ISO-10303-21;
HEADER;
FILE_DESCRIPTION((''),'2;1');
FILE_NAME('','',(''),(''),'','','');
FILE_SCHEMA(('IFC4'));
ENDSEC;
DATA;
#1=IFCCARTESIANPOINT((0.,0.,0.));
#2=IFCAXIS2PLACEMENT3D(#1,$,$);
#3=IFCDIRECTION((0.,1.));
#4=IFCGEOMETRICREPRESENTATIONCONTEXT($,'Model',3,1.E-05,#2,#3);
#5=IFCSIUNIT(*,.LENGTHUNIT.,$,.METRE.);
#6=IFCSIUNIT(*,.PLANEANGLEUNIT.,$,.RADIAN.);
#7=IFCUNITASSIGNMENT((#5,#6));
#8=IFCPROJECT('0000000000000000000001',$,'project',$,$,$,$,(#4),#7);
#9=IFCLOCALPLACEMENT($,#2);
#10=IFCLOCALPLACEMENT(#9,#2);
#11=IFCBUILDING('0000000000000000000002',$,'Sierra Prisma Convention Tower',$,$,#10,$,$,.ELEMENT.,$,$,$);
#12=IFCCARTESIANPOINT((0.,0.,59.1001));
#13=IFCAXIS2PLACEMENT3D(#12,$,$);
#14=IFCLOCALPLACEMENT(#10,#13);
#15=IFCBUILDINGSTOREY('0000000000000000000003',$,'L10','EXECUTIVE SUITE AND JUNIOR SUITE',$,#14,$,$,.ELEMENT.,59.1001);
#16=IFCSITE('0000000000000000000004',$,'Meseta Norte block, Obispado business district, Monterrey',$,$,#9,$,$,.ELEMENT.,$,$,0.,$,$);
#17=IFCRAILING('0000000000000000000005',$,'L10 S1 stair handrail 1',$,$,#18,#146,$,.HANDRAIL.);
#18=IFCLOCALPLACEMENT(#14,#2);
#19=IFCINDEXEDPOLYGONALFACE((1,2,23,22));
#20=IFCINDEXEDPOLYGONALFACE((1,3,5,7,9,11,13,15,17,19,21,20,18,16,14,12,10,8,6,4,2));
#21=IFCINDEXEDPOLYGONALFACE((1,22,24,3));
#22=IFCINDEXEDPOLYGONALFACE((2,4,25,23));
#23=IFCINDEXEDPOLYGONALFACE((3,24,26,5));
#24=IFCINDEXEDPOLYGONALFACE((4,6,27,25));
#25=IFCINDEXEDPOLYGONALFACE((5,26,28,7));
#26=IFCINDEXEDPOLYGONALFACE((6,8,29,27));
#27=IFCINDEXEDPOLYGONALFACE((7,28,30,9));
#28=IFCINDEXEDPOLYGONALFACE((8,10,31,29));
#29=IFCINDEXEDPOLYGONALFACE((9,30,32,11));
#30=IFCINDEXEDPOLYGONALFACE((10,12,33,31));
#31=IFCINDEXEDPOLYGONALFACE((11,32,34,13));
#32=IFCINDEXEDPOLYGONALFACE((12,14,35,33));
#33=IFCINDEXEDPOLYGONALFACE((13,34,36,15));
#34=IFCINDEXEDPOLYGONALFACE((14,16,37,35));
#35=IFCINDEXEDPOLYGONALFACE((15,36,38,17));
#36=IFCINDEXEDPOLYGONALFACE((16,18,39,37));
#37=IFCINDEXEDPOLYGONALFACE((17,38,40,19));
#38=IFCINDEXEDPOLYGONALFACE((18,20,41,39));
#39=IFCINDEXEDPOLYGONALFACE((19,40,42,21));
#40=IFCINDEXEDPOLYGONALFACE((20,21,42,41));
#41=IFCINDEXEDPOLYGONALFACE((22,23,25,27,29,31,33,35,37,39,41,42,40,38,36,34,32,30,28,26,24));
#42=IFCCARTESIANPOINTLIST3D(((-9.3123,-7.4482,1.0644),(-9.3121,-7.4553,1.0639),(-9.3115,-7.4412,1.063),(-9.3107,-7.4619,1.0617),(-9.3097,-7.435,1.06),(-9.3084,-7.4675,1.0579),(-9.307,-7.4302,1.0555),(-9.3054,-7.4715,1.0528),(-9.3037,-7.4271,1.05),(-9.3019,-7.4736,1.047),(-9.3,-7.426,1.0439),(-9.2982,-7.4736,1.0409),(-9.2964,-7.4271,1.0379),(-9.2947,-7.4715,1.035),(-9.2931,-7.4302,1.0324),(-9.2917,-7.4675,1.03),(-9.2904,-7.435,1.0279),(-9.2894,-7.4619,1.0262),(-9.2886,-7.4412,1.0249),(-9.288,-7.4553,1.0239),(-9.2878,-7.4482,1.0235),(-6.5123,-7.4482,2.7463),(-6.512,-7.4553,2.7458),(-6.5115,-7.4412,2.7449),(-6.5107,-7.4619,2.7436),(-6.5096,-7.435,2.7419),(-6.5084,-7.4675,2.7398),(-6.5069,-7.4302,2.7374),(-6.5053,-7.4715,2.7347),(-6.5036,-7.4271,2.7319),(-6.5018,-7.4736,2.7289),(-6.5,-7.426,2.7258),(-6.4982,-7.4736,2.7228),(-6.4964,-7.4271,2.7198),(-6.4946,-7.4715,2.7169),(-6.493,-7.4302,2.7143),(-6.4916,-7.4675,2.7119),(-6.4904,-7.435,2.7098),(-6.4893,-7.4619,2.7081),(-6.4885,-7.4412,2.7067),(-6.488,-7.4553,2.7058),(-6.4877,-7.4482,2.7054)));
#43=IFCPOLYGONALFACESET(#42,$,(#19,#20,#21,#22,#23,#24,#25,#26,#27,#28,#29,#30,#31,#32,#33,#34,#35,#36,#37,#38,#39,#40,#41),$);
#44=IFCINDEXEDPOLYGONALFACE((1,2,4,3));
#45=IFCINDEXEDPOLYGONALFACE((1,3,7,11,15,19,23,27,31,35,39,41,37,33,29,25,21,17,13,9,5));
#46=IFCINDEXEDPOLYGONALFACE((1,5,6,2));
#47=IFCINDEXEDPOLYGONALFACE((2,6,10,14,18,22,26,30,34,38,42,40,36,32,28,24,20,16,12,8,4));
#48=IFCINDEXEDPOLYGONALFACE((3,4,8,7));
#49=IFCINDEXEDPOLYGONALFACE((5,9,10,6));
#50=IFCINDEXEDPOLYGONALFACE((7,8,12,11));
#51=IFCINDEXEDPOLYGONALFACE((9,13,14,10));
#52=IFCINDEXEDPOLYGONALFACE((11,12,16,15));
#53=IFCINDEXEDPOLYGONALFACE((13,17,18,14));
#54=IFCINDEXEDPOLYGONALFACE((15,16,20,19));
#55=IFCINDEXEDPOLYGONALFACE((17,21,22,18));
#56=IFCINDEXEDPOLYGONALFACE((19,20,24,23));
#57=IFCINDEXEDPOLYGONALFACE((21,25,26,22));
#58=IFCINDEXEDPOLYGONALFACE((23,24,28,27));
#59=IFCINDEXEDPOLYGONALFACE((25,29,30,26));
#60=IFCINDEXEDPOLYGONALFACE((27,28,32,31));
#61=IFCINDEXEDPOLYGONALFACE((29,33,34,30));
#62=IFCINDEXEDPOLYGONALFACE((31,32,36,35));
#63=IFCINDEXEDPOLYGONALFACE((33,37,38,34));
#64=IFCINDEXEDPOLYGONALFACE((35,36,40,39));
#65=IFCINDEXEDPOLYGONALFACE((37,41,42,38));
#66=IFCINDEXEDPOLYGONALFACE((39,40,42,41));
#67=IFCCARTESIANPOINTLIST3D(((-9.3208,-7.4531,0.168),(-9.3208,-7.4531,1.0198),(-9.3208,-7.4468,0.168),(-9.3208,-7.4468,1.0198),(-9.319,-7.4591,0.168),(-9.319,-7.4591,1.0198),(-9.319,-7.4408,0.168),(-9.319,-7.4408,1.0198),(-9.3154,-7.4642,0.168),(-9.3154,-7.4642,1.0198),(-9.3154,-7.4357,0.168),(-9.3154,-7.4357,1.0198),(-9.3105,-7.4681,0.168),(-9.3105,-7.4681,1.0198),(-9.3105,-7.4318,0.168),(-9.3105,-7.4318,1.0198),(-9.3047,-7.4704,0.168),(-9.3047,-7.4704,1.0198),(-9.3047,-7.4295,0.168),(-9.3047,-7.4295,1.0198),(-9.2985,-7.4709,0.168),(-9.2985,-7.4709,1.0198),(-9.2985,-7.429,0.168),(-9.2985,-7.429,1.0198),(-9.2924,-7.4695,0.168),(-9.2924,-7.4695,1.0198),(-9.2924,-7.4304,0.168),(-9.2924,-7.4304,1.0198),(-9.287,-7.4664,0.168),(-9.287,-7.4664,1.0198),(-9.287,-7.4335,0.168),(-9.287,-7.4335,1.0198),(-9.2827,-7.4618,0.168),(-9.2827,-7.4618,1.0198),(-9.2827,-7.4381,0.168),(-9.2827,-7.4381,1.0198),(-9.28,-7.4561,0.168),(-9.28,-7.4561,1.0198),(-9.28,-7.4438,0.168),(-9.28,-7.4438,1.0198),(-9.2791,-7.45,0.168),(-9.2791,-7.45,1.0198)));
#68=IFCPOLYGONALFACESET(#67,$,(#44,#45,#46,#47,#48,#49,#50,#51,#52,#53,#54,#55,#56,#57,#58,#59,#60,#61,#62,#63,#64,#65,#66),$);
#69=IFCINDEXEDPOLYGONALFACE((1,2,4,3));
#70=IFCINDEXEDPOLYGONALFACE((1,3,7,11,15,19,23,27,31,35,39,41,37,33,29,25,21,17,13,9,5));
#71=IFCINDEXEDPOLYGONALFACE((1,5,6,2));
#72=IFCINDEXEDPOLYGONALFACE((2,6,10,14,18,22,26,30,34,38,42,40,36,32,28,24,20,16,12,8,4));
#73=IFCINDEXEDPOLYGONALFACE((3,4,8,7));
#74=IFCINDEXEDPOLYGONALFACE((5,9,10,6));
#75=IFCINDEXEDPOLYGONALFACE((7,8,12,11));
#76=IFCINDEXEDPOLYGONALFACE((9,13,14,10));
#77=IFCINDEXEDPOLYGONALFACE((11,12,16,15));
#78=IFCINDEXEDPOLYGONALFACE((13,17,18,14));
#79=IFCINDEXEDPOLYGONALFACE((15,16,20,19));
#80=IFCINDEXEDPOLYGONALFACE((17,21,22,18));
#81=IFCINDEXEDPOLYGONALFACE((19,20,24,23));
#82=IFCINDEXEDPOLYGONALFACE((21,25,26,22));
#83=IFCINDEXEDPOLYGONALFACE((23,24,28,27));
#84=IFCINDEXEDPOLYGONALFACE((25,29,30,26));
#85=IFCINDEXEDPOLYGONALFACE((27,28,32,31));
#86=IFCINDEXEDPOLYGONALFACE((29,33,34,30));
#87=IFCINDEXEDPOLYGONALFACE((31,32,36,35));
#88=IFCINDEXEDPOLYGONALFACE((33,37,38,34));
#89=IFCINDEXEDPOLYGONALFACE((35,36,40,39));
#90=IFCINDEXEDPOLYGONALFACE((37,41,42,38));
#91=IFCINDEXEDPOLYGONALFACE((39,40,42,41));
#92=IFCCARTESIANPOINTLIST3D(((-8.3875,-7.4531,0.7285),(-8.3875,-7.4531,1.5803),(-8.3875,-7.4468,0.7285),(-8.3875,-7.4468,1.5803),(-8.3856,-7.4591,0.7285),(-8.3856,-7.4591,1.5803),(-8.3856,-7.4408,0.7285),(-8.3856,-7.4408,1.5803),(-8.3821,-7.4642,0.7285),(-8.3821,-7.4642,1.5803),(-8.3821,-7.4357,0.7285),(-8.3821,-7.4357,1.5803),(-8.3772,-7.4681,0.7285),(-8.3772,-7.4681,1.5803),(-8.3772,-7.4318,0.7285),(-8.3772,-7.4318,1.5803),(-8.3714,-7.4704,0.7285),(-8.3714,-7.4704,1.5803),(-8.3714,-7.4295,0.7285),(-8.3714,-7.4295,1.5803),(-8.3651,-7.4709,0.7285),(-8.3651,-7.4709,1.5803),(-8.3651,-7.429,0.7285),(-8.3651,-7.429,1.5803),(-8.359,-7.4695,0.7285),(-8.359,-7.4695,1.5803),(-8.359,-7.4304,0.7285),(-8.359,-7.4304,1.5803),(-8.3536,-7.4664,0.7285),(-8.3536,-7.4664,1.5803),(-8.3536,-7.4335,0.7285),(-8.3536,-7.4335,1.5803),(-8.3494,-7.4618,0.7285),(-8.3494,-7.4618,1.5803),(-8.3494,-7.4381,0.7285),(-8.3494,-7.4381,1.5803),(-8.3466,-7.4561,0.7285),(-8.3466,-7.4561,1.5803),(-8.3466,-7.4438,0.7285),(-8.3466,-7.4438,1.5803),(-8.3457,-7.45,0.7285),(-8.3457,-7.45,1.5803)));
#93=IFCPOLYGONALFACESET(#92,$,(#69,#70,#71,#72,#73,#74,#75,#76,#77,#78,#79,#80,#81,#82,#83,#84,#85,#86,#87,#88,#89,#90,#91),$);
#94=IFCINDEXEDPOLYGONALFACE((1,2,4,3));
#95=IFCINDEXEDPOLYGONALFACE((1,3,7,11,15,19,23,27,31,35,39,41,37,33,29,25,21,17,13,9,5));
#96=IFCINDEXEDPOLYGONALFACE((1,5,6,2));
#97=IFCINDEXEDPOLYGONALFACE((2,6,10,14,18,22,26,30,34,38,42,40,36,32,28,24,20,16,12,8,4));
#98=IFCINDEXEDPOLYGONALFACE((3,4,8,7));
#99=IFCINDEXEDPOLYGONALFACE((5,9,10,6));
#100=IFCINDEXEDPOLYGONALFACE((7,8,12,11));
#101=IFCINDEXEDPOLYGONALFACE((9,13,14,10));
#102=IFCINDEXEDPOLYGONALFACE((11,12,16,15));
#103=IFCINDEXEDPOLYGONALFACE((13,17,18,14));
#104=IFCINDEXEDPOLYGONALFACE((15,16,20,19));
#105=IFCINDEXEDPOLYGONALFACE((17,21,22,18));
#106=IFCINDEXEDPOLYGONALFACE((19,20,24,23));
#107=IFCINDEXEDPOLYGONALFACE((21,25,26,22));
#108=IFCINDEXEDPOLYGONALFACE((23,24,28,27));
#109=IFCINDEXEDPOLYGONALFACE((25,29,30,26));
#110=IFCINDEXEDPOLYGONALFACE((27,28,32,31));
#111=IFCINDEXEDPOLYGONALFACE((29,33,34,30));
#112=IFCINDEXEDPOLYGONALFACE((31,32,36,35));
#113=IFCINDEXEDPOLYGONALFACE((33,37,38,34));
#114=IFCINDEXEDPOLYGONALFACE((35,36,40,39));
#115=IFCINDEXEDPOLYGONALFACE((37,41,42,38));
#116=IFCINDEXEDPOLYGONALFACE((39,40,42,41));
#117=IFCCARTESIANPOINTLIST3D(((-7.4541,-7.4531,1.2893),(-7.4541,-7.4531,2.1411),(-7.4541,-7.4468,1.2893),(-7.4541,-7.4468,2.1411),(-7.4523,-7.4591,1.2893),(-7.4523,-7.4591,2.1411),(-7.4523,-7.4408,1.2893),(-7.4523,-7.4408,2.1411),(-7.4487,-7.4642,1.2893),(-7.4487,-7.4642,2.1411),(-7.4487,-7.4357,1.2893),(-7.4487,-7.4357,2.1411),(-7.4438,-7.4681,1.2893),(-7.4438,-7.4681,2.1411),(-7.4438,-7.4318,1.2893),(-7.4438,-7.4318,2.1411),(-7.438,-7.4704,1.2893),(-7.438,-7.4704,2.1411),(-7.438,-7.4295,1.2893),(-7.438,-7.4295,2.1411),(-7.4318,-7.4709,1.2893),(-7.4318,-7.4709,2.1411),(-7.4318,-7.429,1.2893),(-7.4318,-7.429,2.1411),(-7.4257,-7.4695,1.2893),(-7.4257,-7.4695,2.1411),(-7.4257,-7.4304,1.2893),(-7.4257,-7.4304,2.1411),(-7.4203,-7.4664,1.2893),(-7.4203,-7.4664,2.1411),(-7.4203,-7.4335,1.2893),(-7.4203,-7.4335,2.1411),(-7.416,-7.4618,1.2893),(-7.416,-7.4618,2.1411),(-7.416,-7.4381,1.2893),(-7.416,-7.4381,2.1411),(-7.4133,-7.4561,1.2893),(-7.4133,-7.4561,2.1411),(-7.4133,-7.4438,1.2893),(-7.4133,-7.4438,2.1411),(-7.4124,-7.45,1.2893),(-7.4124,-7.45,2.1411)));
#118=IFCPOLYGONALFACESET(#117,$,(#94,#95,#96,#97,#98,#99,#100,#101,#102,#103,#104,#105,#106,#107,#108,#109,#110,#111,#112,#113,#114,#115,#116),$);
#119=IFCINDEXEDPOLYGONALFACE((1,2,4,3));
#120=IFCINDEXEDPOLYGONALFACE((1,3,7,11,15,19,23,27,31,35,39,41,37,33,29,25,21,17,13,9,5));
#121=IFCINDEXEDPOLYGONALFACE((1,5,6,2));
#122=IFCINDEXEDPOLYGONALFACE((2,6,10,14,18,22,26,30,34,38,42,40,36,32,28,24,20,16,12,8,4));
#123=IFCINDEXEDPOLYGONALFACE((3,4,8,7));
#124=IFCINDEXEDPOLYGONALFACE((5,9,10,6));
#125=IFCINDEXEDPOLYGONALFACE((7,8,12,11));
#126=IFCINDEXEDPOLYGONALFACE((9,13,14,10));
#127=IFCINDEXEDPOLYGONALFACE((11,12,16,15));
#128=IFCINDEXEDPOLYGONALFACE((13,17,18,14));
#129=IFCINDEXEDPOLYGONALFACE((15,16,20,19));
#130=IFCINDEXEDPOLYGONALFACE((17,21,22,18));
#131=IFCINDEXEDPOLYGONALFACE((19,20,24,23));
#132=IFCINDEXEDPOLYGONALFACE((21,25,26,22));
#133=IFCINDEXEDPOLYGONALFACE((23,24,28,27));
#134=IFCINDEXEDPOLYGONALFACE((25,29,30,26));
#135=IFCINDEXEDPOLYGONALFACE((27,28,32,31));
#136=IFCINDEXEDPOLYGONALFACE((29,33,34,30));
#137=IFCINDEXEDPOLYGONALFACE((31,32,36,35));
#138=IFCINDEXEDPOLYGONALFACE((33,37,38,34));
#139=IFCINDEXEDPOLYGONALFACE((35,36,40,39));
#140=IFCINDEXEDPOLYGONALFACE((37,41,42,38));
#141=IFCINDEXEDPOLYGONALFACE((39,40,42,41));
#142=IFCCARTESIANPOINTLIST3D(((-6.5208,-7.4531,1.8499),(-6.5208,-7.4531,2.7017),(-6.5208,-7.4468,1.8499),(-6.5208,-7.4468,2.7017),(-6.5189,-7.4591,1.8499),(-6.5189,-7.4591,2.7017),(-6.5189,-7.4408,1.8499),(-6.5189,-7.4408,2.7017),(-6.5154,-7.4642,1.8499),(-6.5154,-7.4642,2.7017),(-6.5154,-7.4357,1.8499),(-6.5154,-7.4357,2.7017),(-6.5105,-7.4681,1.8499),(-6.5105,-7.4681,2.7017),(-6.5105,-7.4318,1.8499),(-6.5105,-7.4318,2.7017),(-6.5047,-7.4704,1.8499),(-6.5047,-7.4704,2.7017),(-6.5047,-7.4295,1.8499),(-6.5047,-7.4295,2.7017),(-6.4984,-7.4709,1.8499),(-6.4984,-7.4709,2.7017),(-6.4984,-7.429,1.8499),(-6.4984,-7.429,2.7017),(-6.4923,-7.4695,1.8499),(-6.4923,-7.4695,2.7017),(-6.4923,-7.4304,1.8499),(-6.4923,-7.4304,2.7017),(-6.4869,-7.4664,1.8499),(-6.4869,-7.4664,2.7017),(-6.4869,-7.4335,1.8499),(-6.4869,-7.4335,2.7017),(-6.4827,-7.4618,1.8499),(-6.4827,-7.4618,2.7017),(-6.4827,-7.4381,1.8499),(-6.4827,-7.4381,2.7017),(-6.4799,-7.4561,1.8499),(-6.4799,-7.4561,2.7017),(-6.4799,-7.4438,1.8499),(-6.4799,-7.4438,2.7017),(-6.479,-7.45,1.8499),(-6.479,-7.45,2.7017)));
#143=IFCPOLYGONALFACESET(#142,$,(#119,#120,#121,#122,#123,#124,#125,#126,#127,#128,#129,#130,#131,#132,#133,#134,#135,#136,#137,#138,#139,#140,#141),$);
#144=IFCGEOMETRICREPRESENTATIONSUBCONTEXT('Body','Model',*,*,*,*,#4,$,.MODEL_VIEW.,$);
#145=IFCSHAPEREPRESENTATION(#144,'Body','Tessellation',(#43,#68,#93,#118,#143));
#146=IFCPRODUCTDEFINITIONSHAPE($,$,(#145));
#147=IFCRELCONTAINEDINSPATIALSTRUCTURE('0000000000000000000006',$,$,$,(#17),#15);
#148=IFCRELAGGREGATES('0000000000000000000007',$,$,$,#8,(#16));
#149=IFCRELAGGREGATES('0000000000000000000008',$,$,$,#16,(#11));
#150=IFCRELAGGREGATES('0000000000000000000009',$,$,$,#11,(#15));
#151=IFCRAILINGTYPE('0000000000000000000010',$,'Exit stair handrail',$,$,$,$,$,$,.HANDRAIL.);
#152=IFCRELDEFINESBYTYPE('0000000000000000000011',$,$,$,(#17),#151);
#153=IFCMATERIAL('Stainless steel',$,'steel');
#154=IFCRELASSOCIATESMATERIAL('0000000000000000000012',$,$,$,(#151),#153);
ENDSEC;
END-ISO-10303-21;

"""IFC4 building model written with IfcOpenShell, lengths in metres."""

from ifc_helpers import new_model, si_unit, direction, frame, origin, origin_2d, place, context, subcontext, project, spatial, circle, extrude, material, type_object, element, save


model = new_model("IFC4")

# Units and contexts
model_context = context("Model", 3, precision=1e-05, world=origin(), true_north=direction((0.0, 1.0)))
body_context = subcontext(model_context, "Body", "Model", "MODEL_VIEW")
ifc_project = project(units=[si_unit("LENGTHUNIT", "METRE"), si_unit("PLANEANGLEUNIT", "RADIAN")], contexts=[model_context])

# Site, building, storey
site_placement = place(None, origin())
site = spatial("IfcSite", under=ifc_project, at=site_placement, Name="Meseta Norte block, Obispado business district, Monterrey", CompositionType="ELEMENT", RefElevation=0.0)
building_placement = place(site_placement, origin())
building = spatial("IfcBuilding", under=site, at=building_placement, Name="Sierra Prisma Convention Tower", CompositionType="ELEMENT")
storey_placement = place(building_placement, frame((0.0, 0.0, 59.1001)))
storey = spatial("IfcBuildingStorey", under=building, at=storey_placement, Name="L10", Description="EXECUTIVE SUITE AND JUNIOR SUITE", CompositionType="ELEMENT", Elevation=59.1001)

# Railing
ifc_material_1 = material(Name="Stainless steel", Category="steel")
railing_type_1 = type_object("IfcRailingType", Name="Exit stair handrail", PredefinedType="HANDRAIL", material=ifc_material_1)
railing_1_placement = place(storey_placement, frame((-9.3, -7.45, 0.168)))
element("IfcRailing", 1, at=railing_1_placement, inside=storey, type_object=railing_type_1, Name="L10 S1 stair handrail 1", PredefinedType="HANDRAIL", context=body_context, shape_type="SweptSolid", body=[
    extrude(circle(Radius=0.0239, at=origin_2d()), frame((0.0, 0.0, 0.876), z_axis=(0.857242, 0.0, 0.514913), x_axis=(0.0, 1.0, 0.0)), (0.0, 0.0, 1.0), 3.2664),
    extrude(circle(Radius=0.021, at=origin_2d()), origin(), (0.0, 0.0, 1.0), 0.8518),
    extrude(circle(Radius=0.021, at=origin_2d()), frame((0.9333, 0.0, 0.5605)), (0.0, 0.0, 1.0), 0.8518),
    extrude(circle(Radius=0.021, at=origin_2d()), frame((1.8667, 0.0, 1.1213)), (0.0, 0.0, 1.0), 0.8518),
    extrude(circle(Radius=0.021, at=origin_2d()), frame((2.8, 0.0, 1.6819)), (0.0, 0.0, 1.0), 0.8518),
])

save(model, "model.ifc")
